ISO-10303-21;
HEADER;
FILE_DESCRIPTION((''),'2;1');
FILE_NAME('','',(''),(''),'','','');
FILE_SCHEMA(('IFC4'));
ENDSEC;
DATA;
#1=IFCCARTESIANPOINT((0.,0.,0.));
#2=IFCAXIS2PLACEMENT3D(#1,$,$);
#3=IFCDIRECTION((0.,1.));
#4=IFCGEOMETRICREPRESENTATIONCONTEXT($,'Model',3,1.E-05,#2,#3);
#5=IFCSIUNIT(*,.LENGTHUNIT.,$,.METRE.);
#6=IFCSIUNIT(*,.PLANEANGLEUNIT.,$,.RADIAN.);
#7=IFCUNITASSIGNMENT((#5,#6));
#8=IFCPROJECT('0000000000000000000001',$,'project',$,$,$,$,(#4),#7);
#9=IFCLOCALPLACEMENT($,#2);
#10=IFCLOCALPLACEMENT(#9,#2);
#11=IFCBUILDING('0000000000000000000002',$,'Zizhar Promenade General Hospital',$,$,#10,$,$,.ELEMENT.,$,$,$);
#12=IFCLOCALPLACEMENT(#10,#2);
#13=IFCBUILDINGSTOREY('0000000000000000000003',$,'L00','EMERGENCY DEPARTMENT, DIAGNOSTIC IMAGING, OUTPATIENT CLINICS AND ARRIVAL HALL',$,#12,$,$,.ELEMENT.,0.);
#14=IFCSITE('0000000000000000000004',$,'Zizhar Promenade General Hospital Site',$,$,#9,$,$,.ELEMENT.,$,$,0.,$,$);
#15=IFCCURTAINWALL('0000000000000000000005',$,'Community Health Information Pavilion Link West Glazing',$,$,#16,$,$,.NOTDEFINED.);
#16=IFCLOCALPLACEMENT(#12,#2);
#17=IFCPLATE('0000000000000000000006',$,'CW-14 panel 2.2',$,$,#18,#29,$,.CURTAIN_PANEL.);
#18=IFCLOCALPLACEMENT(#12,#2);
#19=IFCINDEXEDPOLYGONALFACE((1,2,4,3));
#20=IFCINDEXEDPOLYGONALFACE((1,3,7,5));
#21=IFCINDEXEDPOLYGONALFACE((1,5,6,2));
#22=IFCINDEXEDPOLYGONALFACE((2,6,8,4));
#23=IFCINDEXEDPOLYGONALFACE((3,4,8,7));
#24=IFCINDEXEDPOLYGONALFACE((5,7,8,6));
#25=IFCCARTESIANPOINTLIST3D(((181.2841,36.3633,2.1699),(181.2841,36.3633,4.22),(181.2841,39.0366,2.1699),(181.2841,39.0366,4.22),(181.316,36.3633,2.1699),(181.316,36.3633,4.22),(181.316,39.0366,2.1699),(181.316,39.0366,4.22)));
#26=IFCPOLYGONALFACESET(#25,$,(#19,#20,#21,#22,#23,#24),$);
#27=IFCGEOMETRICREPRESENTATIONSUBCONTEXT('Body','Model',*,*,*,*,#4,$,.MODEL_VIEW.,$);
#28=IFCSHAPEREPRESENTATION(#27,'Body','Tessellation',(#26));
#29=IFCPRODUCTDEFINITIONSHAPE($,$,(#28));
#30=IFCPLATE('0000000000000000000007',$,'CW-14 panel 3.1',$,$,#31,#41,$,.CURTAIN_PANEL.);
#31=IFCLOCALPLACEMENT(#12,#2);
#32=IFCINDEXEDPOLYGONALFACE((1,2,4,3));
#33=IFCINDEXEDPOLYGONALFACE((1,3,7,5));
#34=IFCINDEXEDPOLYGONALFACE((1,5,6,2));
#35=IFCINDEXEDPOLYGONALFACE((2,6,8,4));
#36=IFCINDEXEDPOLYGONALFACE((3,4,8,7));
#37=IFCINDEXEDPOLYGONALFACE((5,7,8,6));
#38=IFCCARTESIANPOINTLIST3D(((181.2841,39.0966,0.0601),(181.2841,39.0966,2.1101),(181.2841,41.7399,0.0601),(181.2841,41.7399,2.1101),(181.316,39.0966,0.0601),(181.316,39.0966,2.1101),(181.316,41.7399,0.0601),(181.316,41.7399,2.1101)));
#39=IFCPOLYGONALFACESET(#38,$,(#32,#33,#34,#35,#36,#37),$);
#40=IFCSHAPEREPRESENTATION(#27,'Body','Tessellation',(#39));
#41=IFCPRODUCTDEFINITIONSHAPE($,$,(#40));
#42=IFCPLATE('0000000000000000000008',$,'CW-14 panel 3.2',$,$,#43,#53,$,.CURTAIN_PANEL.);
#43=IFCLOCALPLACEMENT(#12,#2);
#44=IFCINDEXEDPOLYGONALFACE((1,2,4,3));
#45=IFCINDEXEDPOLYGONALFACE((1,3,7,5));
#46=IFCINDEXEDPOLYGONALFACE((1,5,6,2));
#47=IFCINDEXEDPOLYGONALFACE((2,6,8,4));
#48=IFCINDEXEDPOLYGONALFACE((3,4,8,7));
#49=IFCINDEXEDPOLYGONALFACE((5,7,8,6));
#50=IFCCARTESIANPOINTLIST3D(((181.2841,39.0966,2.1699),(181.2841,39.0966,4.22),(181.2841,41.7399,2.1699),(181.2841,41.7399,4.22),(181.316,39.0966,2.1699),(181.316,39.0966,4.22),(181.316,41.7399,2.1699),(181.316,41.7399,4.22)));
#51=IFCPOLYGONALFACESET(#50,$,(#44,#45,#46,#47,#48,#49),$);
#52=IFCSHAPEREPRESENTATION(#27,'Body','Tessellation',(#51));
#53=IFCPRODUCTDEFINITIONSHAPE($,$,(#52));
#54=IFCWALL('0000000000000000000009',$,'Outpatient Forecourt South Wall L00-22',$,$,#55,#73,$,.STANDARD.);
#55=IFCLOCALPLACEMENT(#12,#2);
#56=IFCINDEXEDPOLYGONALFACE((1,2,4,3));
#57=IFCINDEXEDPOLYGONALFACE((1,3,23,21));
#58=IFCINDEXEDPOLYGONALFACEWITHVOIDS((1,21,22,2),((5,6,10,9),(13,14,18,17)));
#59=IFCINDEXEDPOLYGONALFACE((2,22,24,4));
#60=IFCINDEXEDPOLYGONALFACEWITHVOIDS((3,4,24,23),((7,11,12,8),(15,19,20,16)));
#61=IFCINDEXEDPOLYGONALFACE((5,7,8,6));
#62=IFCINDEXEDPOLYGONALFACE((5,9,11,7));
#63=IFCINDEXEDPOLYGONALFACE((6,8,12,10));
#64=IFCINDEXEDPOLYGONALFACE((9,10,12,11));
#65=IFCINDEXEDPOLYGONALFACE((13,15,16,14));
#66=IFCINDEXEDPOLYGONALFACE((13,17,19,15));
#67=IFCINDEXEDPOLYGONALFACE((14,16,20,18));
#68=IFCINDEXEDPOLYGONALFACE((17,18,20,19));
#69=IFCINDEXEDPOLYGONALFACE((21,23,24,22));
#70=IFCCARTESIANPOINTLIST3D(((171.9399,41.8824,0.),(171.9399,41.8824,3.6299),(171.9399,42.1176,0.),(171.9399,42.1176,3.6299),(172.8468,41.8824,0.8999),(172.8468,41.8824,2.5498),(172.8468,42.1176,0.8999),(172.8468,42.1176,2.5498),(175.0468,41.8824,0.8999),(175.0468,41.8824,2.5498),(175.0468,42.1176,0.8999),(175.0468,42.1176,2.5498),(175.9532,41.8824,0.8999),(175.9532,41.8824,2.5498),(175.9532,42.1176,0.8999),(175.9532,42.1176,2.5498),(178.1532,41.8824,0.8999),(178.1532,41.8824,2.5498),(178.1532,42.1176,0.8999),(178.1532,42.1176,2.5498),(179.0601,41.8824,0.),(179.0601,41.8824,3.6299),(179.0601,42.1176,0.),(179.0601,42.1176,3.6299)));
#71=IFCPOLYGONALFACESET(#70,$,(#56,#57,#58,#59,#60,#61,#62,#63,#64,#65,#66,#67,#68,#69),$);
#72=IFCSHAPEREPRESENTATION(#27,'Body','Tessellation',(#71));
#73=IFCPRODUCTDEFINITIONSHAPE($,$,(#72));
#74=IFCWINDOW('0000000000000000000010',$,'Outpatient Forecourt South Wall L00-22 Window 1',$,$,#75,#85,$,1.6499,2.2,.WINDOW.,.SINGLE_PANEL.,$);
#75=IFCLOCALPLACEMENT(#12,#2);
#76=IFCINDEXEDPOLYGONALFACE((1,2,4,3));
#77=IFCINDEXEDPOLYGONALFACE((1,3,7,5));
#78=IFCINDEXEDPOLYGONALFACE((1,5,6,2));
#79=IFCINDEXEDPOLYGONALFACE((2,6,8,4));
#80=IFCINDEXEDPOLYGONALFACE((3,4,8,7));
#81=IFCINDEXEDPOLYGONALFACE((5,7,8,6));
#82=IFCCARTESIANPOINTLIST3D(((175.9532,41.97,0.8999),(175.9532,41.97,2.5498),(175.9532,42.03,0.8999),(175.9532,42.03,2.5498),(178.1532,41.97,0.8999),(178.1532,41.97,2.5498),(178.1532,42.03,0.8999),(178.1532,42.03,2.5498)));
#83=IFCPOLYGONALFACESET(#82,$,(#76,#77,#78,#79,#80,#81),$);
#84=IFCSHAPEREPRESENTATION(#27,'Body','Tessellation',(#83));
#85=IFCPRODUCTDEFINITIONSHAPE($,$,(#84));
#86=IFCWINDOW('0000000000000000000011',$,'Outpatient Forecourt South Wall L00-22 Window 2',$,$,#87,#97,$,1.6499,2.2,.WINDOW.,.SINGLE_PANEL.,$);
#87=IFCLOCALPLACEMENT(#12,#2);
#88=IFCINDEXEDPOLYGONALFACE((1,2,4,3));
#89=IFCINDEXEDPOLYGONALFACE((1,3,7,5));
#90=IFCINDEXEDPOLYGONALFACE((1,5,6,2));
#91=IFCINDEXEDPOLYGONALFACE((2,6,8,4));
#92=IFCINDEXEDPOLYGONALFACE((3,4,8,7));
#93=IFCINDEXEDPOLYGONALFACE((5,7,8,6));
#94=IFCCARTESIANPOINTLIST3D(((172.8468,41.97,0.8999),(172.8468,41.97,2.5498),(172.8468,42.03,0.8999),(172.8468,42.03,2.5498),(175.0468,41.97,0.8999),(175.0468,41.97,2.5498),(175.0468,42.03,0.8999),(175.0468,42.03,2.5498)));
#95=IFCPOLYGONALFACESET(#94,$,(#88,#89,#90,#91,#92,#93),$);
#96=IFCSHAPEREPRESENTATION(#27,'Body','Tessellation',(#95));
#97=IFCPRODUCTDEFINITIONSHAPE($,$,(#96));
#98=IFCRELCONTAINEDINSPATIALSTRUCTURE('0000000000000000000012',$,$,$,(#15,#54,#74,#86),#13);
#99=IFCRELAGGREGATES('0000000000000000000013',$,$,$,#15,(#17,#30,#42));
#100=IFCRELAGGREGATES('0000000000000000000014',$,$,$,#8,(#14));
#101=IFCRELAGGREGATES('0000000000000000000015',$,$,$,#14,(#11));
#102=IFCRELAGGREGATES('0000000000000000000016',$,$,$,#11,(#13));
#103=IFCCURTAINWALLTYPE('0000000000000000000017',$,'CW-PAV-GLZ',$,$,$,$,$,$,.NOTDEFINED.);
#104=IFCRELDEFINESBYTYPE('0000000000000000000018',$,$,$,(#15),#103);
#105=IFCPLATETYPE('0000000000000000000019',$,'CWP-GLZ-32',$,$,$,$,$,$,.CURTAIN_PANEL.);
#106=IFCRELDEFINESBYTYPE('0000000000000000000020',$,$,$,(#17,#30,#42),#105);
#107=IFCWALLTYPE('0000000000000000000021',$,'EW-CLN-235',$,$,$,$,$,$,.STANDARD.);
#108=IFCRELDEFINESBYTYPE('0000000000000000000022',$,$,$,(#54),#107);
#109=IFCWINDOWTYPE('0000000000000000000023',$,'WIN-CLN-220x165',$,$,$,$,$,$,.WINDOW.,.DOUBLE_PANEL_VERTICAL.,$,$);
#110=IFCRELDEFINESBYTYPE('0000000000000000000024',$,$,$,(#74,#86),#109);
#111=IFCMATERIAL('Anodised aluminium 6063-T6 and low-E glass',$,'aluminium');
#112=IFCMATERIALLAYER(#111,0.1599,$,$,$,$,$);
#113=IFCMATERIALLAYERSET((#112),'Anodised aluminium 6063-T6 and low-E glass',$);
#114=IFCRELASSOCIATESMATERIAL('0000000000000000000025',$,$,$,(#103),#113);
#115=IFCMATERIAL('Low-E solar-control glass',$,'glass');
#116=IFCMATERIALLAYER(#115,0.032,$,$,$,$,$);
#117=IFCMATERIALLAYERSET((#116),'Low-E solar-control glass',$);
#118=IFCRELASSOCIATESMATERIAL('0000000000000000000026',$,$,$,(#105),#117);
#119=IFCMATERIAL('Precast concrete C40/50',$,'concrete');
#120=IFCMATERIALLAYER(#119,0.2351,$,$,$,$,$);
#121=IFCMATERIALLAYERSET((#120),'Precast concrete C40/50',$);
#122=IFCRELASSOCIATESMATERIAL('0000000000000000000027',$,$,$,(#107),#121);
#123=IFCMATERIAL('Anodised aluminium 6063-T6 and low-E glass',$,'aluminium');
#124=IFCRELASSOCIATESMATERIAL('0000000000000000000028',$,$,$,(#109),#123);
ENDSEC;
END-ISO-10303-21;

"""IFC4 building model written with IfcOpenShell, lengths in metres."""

from ifc_helpers import new_model, si_unit, direction, frame, frame_2d, origin, origin_2d, place, context, subcontext, project, spatial, rectangle, extrude, material, layer, layer_set, type_object, element, fill, aggregate, save


model = new_model("IFC4")

# Units and contexts
model_context = context("Model", 3, precision=1e-05, world=origin(), true_north=direction((0.0, 1.0)))
body_context = subcontext(model_context, "Body", "Model", "MODEL_VIEW")
ifc_project = project(units=[si_unit("LENGTHUNIT", "METRE"), si_unit("PLANEANGLEUNIT", "RADIAN")], contexts=[model_context])

# Site, building, storey
site_placement = place(None, origin())
site = spatial("IfcSite", under=ifc_project, at=site_placement, Name="Zizhar Promenade General Hospital Site", CompositionType="ELEMENT", RefElevation=0.0)
building_placement = place(site_placement, origin())
building = spatial("IfcBuilding", under=site, at=building_placement, Name="Zizhar Promenade General Hospital", CompositionType="ELEMENT")
storey_placement = place(building_placement, origin())
storey = spatial("IfcBuildingStorey", under=building, at=storey_placement, Name="L00", Description="EMERGENCY DEPARTMENT, DIAGNOSTIC IMAGING, OUTPATIENT CLINICS AND ARRIVAL HALL", CompositionType="ELEMENT", Elevation=0.0)

# Curtain wall, plates
ifc_material_1 = material(Name="Anodised aluminium 6063-T6 and low-E glass", Category="aluminium")
ifc_layer_1 = layer(ifc_material_1, 0.1599)
ifc_layer_set_1 = layer_set([ifc_layer_1], Name="Anodised aluminium 6063-T6 and low-E glass")
curtain_wall_type = type_object("IfcCurtainWallType", Name="CW-PAV-GLZ", PredefinedType="NOTDEFINED", material=ifc_layer_set_1)
curtain_wall_placement = place(storey_placement, origin())
curtain_wall = element("IfcCurtainWall", 1, at=curtain_wall_placement, inside=storey, type_object=curtain_wall_type, Name="Community Health Information Pavilion Link West Glazing", PredefinedType="NOTDEFINED")
ifc_material_2 = material(Name="Low-E solar-control glass", Category="glass")
ifc_layer_2 = layer(ifc_material_2, 0.032)
ifc_layer_set_2 = layer_set([ifc_layer_2], Name="Low-E solar-control glass")
plate_type = type_object("IfcPlateType", Name="CWP-GLZ-32", PredefinedType="CURTAIN_PANEL", material=ifc_layer_set_2)
plate_1_placement = place(storey_placement, frame((181.3, 37.7, 2.1699), z_axis=(0.0, 0.0, 1.0), x_axis=(0.0, 1.0, 0.0)))
plate_1 = element("IfcPlate", 2, at=plate_1_placement, type_object=plate_type, Name="CW-14 panel 2.2", PredefinedType="CURTAIN_PANEL", context=body_context, shape_type="SweptSolid", body=[
    extrude(rectangle(XDim=2.6733, YDim=0.032, at=origin_2d()), origin(), (0.0, 0.0, 1.0), 2.05),
])
plate_2_placement = place(storey_placement, frame((181.3, 40.4182, 0.0601), z_axis=(0.0, 0.0, 1.0), x_axis=(0.0, 1.0, 0.0)))
plate_2 = element("IfcPlate", 3, at=plate_2_placement, type_object=plate_type, Name="CW-14 panel 3.1", PredefinedType="CURTAIN_PANEL", context=body_context, shape_type="SweptSolid", body=[
    extrude(rectangle(XDim=2.6433, YDim=0.032, at=origin_2d()), origin(), (0.0, 0.0, 1.0), 2.05),
])
plate_3_placement = place(storey_placement, frame((181.3, 40.4182, 2.1699), z_axis=(0.0, 0.0, 1.0), x_axis=(0.0, 1.0, 0.0)))
plate_3 = element("IfcPlate", 4, at=plate_3_placement, type_object=plate_type, Name="CW-14 panel 3.2", PredefinedType="CURTAIN_PANEL", context=body_context, shape_type="SweptSolid", body=[
    extrude(rectangle(XDim=2.6433, YDim=0.032, at=origin_2d()), origin(), (0.0, 0.0, 1.0), 2.05),
])
aggregate(curtain_wall, [plate_1, plate_2, plate_3])

# Wall, openings, windows
ifc_material_3 = material(Name="Precast concrete C40/50", Category="concrete")
ifc_layer_3 = layer(ifc_material_3, 0.2351)
ifc_layer_set_3 = layer_set([ifc_layer_3], Name="Precast concrete C40/50")
wall_type = type_object("IfcWallType", Name="EW-CLN-235", PredefinedType="STANDARD", material=ifc_layer_set_3)
wall_placement = place(storey_placement, frame((179.0601, 42.0, 0.0), z_axis=(0.0, 0.0, 1.0), x_axis=(-1.0, 0.0, 0.0)))
wall = element("IfcWall", 5, at=wall_placement, inside=storey, type_object=wall_type, Name="Outpatient Forecourt South Wall L00-22", PredefinedType="STANDARD", context=body_context, shape_type="SweptSolid", body=[
    extrude(rectangle(XDim=7.1201, YDim=0.2351, at=frame_2d((3.5601, 0.0))), origin(), (0.0, 0.0, 1.0), 3.6299),
])
opening_1_placement = place(wall_placement, frame((0.9067, 0.0, 0.8999)))
opening_1 = element("IfcOpeningElement", 6, at=opening_1_placement, cuts=wall, PredefinedType="OPENING", context=body_context, shape_type="SweptSolid", body=[
    extrude(rectangle(XDim=2.2, YDim=1.6499, at=frame_2d((1.1001, 0.825))), frame((0.0, 0.1274, 0.0), z_axis=(0.0, -1.0, 0.0), x_axis=(1.0, 0.0, 0.0)), (0.0, 0.0, 1.0), 0.2551),
])
opening_2_placement = place(wall_placement, frame((4.0132, 0.0, 0.8999)))
opening_2 = element("IfcOpeningElement", 7, at=opening_2_placement, cuts=wall, PredefinedType="OPENING", context=body_context, shape_type="SweptSolid", body=[
    extrude(rectangle(XDim=2.2, YDim=1.6499, at=frame_2d((1.1001, 0.825))), frame((0.0, 0.1274, 0.0), z_axis=(0.0, -1.0, 0.0), x_axis=(1.0, 0.0, 0.0)), (0.0, 0.0, 1.0), 0.2551),
])
ifc_material_4 = material(Name="Anodised aluminium 6063-T6 and low-E glass", Category="aluminium")
window_type = type_object("IfcWindowType", Name="WIN-CLN-220x165", PartitioningType="DOUBLE_PANEL_VERTICAL", PredefinedType="WINDOW", material=ifc_material_4)
window_1_placement = place(opening_1_placement, origin())
window_1 = element("IfcWindow", 8, at=window_1_placement, inside=storey, type_object=window_type, Name="Outpatient Forecourt South Wall L00-22 Window 1", OverallHeight=1.6499, OverallWidth=2.2, PartitioningType="SINGLE_PANEL", PredefinedType="WINDOW", context=body_context, shape_type="SweptSolid", body=[
    extrude(rectangle(XDim=2.2, YDim=1.6499, at=frame_2d((1.1001, 0.825))), frame((0.0, 0.03, 0.0), z_axis=(0.0, -1.0, 0.0), x_axis=(1.0, 0.0, 0.0)), (0.0, 0.0, 1.0), 0.0601),
])
fill(opening_1, window_1)
window_2_placement = place(opening_2_placement, origin())
window_2 = element("IfcWindow", 9, at=window_2_placement, inside=storey, type_object=window_type, Name="Outpatient Forecourt South Wall L00-22 Window 2", OverallHeight=1.6499, OverallWidth=2.2, PartitioningType="SINGLE_PANEL", PredefinedType="WINDOW", context=body_context, shape_type="SweptSolid", body=[
    extrude(rectangle(XDim=2.2, YDim=1.6499, at=frame_2d((1.1001, 0.825))), frame((0.0, 0.03, 0.0), z_axis=(0.0, -1.0, 0.0), x_axis=(1.0, 0.0, 0.0)), (0.0, 0.0, 1.0), 0.0601),
])
fill(opening_2, window_2)

save(model, "model.ifc")
